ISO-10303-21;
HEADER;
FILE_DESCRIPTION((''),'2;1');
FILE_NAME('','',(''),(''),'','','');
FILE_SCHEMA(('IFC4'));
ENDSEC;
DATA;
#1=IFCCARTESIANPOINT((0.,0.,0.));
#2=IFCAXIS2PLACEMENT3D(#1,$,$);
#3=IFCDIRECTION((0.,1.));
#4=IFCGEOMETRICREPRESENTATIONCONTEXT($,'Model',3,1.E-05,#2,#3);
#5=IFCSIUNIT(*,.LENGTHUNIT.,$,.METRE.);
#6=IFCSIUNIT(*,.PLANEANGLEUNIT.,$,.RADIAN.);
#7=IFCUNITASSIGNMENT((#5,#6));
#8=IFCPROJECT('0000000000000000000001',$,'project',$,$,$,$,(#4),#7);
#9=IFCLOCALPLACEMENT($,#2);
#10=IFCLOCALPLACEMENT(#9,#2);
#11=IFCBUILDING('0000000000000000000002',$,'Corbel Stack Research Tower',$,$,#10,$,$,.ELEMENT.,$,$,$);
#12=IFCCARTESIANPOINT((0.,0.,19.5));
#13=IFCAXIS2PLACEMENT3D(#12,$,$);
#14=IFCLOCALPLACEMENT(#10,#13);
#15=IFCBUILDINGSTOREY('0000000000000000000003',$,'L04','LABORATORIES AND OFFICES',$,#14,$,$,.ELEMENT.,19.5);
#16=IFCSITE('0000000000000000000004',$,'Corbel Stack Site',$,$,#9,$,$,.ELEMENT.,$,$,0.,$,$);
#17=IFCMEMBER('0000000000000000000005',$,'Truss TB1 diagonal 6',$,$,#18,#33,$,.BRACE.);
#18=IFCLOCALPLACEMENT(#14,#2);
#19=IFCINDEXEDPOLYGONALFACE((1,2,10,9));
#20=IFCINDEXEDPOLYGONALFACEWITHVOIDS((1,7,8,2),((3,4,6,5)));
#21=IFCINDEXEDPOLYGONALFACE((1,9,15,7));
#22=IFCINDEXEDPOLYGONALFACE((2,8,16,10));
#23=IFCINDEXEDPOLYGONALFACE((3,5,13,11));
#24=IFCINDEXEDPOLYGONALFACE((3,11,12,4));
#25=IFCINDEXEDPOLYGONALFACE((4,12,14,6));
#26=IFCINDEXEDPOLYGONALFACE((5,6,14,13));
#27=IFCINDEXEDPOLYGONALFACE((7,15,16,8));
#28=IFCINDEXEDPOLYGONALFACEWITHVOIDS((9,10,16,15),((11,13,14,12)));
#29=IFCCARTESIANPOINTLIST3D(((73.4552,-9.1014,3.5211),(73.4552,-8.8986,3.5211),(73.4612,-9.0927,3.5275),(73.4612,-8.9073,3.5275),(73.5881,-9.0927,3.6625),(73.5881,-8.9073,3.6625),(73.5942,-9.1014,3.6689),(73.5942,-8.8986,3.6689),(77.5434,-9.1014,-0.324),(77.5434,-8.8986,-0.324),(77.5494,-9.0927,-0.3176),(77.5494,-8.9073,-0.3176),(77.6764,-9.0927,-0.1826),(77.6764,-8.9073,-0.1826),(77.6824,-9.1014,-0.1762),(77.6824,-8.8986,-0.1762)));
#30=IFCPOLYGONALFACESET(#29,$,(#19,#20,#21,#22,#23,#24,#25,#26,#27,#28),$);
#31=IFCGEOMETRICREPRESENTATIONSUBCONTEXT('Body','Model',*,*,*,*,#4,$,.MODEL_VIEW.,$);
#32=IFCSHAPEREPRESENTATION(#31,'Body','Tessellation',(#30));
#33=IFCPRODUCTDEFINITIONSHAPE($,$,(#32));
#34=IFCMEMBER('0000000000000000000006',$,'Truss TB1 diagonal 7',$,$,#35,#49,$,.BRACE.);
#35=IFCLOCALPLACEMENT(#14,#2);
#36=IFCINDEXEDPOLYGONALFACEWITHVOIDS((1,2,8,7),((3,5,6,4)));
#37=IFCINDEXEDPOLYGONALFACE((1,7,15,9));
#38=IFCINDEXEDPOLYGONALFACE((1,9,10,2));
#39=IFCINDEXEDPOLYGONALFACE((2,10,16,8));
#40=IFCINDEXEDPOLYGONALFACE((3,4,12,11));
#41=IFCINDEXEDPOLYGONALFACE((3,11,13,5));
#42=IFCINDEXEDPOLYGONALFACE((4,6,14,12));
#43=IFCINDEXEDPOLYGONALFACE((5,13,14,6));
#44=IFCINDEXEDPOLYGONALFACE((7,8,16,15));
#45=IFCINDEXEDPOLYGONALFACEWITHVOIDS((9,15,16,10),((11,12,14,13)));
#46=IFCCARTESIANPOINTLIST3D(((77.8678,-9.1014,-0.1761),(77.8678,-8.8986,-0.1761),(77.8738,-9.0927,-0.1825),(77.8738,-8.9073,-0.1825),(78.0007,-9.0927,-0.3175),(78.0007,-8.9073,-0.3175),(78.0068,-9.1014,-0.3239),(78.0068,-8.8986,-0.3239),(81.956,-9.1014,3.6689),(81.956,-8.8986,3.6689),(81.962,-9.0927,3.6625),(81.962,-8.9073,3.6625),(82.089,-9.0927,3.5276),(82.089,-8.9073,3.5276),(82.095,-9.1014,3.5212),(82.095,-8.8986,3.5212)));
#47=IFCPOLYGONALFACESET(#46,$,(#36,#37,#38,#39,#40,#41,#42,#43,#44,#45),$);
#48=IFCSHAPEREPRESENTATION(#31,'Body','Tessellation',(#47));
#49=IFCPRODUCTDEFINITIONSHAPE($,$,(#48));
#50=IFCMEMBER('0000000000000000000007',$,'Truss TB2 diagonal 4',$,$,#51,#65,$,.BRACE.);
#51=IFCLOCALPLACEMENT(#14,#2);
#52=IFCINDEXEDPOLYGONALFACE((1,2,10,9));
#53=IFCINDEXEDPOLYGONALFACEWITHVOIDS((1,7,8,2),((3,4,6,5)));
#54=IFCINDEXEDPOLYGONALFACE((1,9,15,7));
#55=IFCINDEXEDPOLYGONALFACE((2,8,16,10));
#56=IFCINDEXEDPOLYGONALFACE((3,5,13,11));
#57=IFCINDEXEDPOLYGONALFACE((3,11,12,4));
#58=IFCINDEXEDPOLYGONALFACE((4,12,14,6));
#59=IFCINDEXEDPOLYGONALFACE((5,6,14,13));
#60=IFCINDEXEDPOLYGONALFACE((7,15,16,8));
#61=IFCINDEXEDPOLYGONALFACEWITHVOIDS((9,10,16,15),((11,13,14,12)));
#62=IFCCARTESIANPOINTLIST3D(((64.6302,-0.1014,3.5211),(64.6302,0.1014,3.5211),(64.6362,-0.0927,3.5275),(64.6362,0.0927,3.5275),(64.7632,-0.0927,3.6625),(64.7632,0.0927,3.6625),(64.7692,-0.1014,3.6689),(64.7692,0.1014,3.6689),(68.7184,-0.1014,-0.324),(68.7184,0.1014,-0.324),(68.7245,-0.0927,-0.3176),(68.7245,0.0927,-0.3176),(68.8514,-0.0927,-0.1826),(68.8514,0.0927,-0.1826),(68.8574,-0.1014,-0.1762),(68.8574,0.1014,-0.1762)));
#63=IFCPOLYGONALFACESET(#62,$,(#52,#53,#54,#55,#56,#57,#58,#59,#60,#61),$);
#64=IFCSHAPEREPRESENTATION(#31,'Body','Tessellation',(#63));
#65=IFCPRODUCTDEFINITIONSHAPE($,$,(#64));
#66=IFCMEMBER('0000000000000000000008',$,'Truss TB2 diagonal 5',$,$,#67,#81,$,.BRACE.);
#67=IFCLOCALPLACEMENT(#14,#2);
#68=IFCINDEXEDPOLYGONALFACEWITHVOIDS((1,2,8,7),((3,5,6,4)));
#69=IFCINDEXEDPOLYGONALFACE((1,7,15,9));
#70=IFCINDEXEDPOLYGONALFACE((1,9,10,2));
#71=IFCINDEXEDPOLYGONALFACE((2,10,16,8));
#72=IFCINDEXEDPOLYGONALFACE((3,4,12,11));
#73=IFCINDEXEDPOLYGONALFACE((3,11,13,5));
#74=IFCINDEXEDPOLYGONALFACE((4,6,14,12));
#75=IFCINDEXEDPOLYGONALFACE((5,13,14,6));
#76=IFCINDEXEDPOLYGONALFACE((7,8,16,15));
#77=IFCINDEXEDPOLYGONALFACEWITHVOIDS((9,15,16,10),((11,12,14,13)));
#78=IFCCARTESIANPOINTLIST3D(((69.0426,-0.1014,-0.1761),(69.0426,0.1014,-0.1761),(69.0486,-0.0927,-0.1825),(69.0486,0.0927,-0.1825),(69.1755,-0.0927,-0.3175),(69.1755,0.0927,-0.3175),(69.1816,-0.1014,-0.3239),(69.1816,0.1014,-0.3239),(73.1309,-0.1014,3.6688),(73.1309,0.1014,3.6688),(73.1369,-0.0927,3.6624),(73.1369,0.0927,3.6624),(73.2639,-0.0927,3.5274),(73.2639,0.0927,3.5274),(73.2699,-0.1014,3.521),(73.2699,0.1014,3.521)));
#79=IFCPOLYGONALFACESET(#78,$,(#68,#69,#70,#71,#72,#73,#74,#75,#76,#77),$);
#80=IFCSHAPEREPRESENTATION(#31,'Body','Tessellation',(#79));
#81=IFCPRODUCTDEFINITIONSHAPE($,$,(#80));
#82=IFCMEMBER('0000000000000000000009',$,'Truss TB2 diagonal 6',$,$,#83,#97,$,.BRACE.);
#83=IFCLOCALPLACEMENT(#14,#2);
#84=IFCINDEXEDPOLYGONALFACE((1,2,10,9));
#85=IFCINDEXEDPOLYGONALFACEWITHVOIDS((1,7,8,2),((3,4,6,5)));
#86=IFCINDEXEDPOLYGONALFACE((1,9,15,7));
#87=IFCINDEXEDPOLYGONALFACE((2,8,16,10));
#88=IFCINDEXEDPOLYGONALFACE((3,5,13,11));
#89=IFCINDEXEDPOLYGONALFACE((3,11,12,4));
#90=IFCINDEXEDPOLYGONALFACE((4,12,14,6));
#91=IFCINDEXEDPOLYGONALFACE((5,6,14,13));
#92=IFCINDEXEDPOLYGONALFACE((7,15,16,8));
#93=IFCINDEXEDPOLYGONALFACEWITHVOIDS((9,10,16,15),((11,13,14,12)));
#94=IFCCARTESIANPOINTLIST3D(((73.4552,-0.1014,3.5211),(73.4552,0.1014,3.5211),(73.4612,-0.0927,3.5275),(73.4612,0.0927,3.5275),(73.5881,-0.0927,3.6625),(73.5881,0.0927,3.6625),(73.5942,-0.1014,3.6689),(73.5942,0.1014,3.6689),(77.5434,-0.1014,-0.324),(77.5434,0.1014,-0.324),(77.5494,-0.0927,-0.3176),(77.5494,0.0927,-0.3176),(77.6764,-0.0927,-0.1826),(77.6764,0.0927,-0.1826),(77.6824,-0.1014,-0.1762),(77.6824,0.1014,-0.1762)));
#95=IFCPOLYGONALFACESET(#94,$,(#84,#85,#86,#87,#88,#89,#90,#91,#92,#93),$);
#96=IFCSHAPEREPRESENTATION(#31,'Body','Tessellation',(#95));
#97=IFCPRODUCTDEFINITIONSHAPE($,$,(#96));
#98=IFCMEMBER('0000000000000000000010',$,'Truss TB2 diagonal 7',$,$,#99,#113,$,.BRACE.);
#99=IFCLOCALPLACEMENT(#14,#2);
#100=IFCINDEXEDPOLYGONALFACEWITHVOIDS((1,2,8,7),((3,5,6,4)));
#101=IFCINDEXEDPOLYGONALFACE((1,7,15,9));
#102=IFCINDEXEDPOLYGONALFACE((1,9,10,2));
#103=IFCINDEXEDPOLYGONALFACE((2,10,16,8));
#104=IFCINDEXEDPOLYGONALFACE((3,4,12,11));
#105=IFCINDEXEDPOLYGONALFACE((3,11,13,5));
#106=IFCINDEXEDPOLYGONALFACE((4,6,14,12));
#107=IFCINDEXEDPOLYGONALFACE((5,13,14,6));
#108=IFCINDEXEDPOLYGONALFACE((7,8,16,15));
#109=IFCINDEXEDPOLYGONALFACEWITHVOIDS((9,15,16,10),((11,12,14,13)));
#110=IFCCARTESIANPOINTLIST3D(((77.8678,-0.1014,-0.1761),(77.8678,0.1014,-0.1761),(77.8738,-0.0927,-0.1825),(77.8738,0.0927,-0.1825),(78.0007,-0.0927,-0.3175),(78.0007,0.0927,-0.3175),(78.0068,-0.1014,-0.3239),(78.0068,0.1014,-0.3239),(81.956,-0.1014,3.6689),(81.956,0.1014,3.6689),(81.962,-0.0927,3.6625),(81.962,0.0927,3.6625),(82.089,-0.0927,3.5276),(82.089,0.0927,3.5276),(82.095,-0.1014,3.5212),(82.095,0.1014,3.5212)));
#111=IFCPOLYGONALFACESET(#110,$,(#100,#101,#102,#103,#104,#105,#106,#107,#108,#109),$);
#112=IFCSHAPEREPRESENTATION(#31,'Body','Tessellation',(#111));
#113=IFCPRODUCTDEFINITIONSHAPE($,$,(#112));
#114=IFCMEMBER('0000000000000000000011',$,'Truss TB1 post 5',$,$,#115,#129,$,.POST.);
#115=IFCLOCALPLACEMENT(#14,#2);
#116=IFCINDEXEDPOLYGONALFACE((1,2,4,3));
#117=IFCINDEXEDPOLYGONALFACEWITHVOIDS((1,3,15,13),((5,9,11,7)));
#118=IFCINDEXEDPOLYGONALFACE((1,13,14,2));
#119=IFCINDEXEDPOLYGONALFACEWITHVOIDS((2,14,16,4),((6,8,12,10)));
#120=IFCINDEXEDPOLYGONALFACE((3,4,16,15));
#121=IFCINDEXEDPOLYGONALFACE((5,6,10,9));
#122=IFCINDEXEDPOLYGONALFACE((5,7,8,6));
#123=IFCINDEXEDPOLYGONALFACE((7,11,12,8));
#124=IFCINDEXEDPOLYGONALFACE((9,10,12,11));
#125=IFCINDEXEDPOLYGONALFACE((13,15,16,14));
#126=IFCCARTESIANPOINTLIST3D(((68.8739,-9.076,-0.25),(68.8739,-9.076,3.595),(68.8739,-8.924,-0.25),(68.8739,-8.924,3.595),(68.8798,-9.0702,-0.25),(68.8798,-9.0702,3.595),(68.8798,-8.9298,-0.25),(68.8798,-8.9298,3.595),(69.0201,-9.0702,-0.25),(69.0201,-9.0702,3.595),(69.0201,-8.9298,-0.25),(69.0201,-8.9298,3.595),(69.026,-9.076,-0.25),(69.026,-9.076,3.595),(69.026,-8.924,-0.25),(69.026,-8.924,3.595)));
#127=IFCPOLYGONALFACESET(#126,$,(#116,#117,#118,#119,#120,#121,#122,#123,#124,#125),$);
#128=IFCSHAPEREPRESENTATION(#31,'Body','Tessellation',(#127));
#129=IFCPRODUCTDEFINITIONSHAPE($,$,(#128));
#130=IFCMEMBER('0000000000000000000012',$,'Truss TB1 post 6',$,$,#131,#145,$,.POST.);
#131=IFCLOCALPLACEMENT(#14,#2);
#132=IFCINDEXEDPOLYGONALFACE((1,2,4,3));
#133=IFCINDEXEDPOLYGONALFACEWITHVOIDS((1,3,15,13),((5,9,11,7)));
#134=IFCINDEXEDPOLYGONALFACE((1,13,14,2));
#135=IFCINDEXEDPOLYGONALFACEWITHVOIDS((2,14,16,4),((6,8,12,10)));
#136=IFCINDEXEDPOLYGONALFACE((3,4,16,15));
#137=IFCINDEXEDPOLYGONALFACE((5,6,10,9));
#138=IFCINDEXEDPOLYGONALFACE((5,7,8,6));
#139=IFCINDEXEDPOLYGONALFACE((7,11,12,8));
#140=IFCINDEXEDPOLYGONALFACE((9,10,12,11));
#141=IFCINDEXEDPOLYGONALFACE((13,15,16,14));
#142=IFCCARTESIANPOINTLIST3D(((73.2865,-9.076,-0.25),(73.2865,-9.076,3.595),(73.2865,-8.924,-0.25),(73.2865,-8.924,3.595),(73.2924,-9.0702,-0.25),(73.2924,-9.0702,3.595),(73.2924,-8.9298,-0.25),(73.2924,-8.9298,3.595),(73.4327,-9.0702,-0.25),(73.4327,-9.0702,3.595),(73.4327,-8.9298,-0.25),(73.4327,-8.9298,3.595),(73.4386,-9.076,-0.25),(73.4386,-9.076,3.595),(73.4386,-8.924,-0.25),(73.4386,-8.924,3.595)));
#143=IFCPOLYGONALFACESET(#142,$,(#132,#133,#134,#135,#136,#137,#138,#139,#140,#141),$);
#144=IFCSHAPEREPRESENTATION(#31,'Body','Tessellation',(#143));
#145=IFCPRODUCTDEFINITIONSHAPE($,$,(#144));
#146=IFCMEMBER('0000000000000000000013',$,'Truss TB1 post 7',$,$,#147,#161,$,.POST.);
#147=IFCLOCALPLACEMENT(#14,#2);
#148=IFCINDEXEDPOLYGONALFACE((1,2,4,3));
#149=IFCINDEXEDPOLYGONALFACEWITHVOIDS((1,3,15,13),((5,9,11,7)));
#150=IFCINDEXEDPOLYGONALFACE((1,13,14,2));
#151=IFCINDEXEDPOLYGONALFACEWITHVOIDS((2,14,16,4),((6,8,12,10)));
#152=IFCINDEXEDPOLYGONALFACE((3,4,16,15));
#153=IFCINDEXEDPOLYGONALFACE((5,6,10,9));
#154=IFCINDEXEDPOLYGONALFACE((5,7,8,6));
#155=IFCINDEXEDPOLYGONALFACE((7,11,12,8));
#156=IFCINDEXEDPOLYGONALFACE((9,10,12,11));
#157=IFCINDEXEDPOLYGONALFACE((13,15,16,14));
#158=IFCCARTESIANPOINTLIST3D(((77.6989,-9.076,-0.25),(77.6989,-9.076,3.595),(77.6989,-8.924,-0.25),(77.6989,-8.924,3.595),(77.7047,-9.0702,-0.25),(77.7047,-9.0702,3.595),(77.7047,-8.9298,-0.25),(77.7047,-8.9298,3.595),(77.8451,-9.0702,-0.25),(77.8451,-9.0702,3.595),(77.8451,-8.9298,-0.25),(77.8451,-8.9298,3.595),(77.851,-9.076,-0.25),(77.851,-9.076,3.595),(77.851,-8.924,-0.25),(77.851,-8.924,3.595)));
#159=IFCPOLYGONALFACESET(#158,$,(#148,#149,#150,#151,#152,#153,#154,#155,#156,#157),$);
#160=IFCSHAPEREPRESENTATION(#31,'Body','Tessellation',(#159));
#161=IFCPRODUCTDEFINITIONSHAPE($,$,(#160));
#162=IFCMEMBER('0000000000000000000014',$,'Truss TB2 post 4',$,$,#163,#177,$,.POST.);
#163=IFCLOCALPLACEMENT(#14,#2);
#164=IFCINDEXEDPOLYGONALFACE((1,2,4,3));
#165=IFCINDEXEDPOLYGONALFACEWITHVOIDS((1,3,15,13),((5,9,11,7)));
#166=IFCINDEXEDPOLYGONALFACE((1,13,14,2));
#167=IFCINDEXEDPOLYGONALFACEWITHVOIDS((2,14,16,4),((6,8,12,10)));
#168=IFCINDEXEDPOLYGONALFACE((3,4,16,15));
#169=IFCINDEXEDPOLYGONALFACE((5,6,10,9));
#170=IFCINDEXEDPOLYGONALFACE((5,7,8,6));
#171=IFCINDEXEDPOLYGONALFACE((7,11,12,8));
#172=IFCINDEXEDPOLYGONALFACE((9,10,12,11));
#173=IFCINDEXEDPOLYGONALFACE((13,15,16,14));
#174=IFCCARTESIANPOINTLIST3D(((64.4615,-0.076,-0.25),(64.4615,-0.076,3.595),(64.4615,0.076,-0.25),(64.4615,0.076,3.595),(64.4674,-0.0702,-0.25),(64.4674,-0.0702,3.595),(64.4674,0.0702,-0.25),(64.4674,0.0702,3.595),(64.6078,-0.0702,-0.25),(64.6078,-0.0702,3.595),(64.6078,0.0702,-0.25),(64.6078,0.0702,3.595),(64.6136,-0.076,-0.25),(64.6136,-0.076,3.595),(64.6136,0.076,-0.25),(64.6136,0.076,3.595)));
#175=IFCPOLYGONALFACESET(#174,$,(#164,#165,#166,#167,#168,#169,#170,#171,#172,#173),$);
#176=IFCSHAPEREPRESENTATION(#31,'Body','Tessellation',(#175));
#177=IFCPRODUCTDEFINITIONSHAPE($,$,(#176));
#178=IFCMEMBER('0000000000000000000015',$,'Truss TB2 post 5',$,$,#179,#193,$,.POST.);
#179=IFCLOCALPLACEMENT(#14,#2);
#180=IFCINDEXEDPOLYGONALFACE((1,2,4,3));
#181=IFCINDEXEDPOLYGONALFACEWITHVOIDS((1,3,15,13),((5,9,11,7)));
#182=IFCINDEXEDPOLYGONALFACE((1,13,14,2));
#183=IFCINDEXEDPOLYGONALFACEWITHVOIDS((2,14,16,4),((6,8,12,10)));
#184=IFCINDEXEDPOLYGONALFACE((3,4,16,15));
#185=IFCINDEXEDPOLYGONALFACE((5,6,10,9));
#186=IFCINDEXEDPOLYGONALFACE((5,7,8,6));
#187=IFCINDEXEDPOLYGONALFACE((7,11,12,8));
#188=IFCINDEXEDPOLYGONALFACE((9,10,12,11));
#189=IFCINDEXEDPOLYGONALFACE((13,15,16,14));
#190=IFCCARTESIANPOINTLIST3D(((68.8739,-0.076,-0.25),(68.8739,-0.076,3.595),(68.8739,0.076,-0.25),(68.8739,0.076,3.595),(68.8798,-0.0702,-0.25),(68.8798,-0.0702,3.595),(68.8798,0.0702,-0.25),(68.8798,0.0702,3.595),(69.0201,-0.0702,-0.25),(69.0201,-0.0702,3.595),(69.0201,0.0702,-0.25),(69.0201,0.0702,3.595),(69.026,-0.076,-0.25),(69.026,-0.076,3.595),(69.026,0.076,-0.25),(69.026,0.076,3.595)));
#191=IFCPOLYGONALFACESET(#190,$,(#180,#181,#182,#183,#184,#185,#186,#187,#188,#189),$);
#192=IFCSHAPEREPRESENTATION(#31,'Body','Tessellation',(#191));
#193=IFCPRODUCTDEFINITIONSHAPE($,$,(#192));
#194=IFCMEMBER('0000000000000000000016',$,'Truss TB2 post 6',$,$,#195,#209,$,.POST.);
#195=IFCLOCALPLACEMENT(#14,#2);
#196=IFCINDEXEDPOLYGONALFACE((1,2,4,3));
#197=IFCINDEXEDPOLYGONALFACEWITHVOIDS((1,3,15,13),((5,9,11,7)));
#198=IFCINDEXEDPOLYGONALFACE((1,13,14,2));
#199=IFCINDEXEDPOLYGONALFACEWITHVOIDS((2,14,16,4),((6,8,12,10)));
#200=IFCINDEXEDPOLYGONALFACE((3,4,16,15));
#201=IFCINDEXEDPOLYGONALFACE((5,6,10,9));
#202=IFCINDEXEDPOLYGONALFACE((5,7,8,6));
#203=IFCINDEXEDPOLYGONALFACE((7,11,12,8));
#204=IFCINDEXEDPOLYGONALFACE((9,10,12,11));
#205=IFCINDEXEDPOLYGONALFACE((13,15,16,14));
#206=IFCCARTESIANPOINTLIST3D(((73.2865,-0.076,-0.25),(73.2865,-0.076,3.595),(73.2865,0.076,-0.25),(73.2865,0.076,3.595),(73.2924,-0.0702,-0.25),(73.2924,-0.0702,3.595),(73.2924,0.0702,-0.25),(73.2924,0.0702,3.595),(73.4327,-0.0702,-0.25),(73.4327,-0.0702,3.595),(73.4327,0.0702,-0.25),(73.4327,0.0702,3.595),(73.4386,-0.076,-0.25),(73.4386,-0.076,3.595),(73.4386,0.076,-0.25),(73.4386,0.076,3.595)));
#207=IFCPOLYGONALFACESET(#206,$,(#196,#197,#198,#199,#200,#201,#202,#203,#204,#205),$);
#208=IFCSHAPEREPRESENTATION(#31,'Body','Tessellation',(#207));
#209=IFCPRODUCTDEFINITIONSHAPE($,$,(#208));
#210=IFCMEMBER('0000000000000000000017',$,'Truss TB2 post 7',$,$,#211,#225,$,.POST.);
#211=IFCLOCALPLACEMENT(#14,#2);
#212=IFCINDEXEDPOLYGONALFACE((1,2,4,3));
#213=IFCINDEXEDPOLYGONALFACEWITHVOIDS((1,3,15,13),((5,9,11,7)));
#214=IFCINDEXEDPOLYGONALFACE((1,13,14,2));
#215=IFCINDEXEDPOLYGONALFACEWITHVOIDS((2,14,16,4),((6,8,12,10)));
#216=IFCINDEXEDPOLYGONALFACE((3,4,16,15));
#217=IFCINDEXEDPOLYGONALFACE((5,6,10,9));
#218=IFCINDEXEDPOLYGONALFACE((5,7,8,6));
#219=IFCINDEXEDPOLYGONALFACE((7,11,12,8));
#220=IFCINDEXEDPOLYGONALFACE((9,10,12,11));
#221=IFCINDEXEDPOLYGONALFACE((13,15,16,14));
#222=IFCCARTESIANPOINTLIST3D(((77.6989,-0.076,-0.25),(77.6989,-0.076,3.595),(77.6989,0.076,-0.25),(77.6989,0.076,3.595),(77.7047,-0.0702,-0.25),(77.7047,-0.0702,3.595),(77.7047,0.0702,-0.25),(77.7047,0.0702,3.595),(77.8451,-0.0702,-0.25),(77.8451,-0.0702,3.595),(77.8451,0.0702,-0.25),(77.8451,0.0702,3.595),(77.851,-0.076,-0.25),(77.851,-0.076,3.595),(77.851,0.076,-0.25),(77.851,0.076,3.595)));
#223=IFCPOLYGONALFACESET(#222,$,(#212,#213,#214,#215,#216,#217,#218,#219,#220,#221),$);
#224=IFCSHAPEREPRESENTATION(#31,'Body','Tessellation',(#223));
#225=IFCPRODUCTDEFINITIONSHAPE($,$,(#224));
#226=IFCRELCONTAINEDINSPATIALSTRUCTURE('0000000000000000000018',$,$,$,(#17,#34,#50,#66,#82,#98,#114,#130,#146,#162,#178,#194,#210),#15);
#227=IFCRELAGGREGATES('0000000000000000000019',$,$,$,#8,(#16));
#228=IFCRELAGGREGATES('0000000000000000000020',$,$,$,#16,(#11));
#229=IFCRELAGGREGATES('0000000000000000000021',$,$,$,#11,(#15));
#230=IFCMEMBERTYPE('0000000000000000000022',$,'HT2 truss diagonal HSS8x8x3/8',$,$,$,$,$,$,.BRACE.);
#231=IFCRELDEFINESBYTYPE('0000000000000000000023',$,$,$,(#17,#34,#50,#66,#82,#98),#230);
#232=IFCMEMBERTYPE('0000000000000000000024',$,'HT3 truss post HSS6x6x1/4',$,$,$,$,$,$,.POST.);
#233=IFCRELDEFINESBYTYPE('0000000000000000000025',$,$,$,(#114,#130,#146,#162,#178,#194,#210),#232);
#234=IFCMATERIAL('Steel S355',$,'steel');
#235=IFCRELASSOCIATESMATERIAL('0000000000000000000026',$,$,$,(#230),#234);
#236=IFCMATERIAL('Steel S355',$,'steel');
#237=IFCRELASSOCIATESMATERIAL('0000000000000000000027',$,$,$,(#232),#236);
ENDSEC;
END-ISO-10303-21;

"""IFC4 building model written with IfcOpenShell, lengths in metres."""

from ifc_helpers import new_model, si_unit, direction, frame, origin, origin_2d, place, context, subcontext, project, spatial, hollow_rectangle, extrude, material, material_profile, profile_set, type_object, element, save


model = new_model("IFC4")

# Units and contexts
model_context = context("Model", 3, precision=1e-05, world=origin(), true_north=direction((0.0, 1.0)))
body_context = subcontext(model_context, "Body", "Model", "MODEL_VIEW")
ifc_project = project(units=[si_unit("LENGTHUNIT", "METRE"), si_unit("PLANEANGLEUNIT", "RADIAN")], contexts=[model_context])

# Site, building, storey
site_placement = place(None, origin())
site = spatial("IfcSite", under=ifc_project, at=site_placement, Name="Corbel Stack Site", CompositionType="ELEMENT", RefElevation=0.0)
building_placement = place(site_placement, origin())
building = spatial("IfcBuilding", under=site, at=building_placement, Name="Corbel Stack Research Tower", CompositionType="ELEMENT")
storey_placement = place(building_placement, frame((0.0, 0.0, 19.5)))
storey = spatial("IfcBuildingStorey", under=building, at=storey_placement, Name="L04", Description="LABORATORIES AND OFFICES", CompositionType="ELEMENT", Elevation=19.5)

# Members
ifc_material_1 = material(Name="Steel S355", Category="steel")
ifc_material_profile_1 = material_profile(ifc_material_1, hollow_rectangle(XDim=0.2029, YDim=0.2029, WallThickness=0.0088, at=origin_2d()), Name="HSS8x8x3/8")
ifc_profile_set_1 = profile_set([ifc_material_profile_1], Name="Steel S355")
member_type_1 = type_object("IfcMemberType", Name="HT2 truss diagonal HSS8x8x3/8", PredefinedType="BRACE", material=ifc_profile_set_1)
for number, where, z_axis, x_axis, name in (
    (1, (73.5247, -9.0, 3.595), (0.728439, 0.0, -0.685111), (0.0, 1.0, 0.0), "Truss TB1 diagonal 6"),
    (2, (77.9373, -9.0, -0.25), (0.728439, 0.0, 0.685111), (0.0, 1.0, 0.0), "Truss TB1 diagonal 7"),
    (3, (64.6997, 0.0, 3.595), (0.728439, 0.0, -0.685111), (0.0, 1.0, 0.0), "Truss TB2 diagonal 4"),
    (4, (69.1121, 0.0, -0.25), (0.728459, 0.0, 0.685089), (0.0, 1.0, 0.0), "Truss TB2 diagonal 5"),
    (5, (73.5247, 0.0, 3.595), (0.728439, 0.0, -0.685111), (0.0, 1.0, 0.0), "Truss TB2 diagonal 6"),
    (6, (77.9373, 0.0, -0.25), (0.728439, 0.0, 0.685111), (0.0, 1.0, 0.0), "Truss TB2 diagonal 7"),
):
    element("IfcMember", number, at=place(storey_placement, frame(where, z_axis=z_axis, x_axis=x_axis)), inside=storey, type_object=member_type_1, Name=name, PredefinedType="BRACE", context=body_context, shape_type="SweptSolid", body=[
        extrude(hollow_rectangle(XDim=0.2029, YDim=0.2029, WallThickness=0.0088, at=origin_2d()), origin(), (0.0, 0.0, 1.0), 5.6123),
    ])
ifc_material_2 = material(Name="Steel S355", Category="steel")
ifc_material_profile_2 = material_profile(ifc_material_2, hollow_rectangle(XDim=0.1521, YDim=0.1521, WallThickness=0.0059, at=origin_2d()), Name="HSS6x6x1/4")
ifc_profile_set_2 = profile_set([ifc_material_profile_2], Name="Steel S355")
member_type_2 = type_object("IfcMemberType", Name="HT3 truss post HSS6x6x1/4", PredefinedType="POST", material=ifc_profile_set_2)
for number, where, z_axis, x_axis, name in (
    (7, (68.95, -9.0, -0.25), (0.0, 0.0, 1.0), (1.0, 0.0, 0.0), "Truss TB1 post 5"),
    (8, (73.3625, -9.0, -0.25), (0.0, 0.0, 1.0), (1.0, 0.0, 0.0), "Truss TB1 post 6"),
    (9, (77.7749, -9.0, -0.25), (0.0, 0.0, 1.0), (1.0, 0.0, 0.0), "Truss TB1 post 7"),
    (10, (64.5376, 0.0, -0.25), (0.0, 0.0, 1.0), (1.0, 0.0, 0.0), "Truss TB2 post 4"),
    (11, (68.95, 0.0, -0.25), (0.0, 0.0, 1.0), (1.0, 0.0, 0.0), "Truss TB2 post 5"),
    (12, (73.3625, 0.0, -0.25), (0.0, 0.0, 1.0), (1.0, 0.0, 0.0), "Truss TB2 post 6"),
    (13, (77.7749, 0.0, -0.25), (0.0, 0.0, 1.0), (1.0, 0.0, 0.0), "Truss TB2 post 7"),
):
    element("IfcMember", number, at=place(storey_placement, frame(where, z_axis=z_axis, x_axis=x_axis)), inside=storey, type_object=member_type_2, Name=name, PredefinedType="POST", context=body_context, shape_type="SweptSolid", body=[
        extrude(hollow_rectangle(XDim=0.1521, YDim=0.1521, WallThickness=0.0059, at=origin_2d()), origin(), (0.0, 0.0, 1.0), 3.845),
    ])

save(model, "model.ifc")
